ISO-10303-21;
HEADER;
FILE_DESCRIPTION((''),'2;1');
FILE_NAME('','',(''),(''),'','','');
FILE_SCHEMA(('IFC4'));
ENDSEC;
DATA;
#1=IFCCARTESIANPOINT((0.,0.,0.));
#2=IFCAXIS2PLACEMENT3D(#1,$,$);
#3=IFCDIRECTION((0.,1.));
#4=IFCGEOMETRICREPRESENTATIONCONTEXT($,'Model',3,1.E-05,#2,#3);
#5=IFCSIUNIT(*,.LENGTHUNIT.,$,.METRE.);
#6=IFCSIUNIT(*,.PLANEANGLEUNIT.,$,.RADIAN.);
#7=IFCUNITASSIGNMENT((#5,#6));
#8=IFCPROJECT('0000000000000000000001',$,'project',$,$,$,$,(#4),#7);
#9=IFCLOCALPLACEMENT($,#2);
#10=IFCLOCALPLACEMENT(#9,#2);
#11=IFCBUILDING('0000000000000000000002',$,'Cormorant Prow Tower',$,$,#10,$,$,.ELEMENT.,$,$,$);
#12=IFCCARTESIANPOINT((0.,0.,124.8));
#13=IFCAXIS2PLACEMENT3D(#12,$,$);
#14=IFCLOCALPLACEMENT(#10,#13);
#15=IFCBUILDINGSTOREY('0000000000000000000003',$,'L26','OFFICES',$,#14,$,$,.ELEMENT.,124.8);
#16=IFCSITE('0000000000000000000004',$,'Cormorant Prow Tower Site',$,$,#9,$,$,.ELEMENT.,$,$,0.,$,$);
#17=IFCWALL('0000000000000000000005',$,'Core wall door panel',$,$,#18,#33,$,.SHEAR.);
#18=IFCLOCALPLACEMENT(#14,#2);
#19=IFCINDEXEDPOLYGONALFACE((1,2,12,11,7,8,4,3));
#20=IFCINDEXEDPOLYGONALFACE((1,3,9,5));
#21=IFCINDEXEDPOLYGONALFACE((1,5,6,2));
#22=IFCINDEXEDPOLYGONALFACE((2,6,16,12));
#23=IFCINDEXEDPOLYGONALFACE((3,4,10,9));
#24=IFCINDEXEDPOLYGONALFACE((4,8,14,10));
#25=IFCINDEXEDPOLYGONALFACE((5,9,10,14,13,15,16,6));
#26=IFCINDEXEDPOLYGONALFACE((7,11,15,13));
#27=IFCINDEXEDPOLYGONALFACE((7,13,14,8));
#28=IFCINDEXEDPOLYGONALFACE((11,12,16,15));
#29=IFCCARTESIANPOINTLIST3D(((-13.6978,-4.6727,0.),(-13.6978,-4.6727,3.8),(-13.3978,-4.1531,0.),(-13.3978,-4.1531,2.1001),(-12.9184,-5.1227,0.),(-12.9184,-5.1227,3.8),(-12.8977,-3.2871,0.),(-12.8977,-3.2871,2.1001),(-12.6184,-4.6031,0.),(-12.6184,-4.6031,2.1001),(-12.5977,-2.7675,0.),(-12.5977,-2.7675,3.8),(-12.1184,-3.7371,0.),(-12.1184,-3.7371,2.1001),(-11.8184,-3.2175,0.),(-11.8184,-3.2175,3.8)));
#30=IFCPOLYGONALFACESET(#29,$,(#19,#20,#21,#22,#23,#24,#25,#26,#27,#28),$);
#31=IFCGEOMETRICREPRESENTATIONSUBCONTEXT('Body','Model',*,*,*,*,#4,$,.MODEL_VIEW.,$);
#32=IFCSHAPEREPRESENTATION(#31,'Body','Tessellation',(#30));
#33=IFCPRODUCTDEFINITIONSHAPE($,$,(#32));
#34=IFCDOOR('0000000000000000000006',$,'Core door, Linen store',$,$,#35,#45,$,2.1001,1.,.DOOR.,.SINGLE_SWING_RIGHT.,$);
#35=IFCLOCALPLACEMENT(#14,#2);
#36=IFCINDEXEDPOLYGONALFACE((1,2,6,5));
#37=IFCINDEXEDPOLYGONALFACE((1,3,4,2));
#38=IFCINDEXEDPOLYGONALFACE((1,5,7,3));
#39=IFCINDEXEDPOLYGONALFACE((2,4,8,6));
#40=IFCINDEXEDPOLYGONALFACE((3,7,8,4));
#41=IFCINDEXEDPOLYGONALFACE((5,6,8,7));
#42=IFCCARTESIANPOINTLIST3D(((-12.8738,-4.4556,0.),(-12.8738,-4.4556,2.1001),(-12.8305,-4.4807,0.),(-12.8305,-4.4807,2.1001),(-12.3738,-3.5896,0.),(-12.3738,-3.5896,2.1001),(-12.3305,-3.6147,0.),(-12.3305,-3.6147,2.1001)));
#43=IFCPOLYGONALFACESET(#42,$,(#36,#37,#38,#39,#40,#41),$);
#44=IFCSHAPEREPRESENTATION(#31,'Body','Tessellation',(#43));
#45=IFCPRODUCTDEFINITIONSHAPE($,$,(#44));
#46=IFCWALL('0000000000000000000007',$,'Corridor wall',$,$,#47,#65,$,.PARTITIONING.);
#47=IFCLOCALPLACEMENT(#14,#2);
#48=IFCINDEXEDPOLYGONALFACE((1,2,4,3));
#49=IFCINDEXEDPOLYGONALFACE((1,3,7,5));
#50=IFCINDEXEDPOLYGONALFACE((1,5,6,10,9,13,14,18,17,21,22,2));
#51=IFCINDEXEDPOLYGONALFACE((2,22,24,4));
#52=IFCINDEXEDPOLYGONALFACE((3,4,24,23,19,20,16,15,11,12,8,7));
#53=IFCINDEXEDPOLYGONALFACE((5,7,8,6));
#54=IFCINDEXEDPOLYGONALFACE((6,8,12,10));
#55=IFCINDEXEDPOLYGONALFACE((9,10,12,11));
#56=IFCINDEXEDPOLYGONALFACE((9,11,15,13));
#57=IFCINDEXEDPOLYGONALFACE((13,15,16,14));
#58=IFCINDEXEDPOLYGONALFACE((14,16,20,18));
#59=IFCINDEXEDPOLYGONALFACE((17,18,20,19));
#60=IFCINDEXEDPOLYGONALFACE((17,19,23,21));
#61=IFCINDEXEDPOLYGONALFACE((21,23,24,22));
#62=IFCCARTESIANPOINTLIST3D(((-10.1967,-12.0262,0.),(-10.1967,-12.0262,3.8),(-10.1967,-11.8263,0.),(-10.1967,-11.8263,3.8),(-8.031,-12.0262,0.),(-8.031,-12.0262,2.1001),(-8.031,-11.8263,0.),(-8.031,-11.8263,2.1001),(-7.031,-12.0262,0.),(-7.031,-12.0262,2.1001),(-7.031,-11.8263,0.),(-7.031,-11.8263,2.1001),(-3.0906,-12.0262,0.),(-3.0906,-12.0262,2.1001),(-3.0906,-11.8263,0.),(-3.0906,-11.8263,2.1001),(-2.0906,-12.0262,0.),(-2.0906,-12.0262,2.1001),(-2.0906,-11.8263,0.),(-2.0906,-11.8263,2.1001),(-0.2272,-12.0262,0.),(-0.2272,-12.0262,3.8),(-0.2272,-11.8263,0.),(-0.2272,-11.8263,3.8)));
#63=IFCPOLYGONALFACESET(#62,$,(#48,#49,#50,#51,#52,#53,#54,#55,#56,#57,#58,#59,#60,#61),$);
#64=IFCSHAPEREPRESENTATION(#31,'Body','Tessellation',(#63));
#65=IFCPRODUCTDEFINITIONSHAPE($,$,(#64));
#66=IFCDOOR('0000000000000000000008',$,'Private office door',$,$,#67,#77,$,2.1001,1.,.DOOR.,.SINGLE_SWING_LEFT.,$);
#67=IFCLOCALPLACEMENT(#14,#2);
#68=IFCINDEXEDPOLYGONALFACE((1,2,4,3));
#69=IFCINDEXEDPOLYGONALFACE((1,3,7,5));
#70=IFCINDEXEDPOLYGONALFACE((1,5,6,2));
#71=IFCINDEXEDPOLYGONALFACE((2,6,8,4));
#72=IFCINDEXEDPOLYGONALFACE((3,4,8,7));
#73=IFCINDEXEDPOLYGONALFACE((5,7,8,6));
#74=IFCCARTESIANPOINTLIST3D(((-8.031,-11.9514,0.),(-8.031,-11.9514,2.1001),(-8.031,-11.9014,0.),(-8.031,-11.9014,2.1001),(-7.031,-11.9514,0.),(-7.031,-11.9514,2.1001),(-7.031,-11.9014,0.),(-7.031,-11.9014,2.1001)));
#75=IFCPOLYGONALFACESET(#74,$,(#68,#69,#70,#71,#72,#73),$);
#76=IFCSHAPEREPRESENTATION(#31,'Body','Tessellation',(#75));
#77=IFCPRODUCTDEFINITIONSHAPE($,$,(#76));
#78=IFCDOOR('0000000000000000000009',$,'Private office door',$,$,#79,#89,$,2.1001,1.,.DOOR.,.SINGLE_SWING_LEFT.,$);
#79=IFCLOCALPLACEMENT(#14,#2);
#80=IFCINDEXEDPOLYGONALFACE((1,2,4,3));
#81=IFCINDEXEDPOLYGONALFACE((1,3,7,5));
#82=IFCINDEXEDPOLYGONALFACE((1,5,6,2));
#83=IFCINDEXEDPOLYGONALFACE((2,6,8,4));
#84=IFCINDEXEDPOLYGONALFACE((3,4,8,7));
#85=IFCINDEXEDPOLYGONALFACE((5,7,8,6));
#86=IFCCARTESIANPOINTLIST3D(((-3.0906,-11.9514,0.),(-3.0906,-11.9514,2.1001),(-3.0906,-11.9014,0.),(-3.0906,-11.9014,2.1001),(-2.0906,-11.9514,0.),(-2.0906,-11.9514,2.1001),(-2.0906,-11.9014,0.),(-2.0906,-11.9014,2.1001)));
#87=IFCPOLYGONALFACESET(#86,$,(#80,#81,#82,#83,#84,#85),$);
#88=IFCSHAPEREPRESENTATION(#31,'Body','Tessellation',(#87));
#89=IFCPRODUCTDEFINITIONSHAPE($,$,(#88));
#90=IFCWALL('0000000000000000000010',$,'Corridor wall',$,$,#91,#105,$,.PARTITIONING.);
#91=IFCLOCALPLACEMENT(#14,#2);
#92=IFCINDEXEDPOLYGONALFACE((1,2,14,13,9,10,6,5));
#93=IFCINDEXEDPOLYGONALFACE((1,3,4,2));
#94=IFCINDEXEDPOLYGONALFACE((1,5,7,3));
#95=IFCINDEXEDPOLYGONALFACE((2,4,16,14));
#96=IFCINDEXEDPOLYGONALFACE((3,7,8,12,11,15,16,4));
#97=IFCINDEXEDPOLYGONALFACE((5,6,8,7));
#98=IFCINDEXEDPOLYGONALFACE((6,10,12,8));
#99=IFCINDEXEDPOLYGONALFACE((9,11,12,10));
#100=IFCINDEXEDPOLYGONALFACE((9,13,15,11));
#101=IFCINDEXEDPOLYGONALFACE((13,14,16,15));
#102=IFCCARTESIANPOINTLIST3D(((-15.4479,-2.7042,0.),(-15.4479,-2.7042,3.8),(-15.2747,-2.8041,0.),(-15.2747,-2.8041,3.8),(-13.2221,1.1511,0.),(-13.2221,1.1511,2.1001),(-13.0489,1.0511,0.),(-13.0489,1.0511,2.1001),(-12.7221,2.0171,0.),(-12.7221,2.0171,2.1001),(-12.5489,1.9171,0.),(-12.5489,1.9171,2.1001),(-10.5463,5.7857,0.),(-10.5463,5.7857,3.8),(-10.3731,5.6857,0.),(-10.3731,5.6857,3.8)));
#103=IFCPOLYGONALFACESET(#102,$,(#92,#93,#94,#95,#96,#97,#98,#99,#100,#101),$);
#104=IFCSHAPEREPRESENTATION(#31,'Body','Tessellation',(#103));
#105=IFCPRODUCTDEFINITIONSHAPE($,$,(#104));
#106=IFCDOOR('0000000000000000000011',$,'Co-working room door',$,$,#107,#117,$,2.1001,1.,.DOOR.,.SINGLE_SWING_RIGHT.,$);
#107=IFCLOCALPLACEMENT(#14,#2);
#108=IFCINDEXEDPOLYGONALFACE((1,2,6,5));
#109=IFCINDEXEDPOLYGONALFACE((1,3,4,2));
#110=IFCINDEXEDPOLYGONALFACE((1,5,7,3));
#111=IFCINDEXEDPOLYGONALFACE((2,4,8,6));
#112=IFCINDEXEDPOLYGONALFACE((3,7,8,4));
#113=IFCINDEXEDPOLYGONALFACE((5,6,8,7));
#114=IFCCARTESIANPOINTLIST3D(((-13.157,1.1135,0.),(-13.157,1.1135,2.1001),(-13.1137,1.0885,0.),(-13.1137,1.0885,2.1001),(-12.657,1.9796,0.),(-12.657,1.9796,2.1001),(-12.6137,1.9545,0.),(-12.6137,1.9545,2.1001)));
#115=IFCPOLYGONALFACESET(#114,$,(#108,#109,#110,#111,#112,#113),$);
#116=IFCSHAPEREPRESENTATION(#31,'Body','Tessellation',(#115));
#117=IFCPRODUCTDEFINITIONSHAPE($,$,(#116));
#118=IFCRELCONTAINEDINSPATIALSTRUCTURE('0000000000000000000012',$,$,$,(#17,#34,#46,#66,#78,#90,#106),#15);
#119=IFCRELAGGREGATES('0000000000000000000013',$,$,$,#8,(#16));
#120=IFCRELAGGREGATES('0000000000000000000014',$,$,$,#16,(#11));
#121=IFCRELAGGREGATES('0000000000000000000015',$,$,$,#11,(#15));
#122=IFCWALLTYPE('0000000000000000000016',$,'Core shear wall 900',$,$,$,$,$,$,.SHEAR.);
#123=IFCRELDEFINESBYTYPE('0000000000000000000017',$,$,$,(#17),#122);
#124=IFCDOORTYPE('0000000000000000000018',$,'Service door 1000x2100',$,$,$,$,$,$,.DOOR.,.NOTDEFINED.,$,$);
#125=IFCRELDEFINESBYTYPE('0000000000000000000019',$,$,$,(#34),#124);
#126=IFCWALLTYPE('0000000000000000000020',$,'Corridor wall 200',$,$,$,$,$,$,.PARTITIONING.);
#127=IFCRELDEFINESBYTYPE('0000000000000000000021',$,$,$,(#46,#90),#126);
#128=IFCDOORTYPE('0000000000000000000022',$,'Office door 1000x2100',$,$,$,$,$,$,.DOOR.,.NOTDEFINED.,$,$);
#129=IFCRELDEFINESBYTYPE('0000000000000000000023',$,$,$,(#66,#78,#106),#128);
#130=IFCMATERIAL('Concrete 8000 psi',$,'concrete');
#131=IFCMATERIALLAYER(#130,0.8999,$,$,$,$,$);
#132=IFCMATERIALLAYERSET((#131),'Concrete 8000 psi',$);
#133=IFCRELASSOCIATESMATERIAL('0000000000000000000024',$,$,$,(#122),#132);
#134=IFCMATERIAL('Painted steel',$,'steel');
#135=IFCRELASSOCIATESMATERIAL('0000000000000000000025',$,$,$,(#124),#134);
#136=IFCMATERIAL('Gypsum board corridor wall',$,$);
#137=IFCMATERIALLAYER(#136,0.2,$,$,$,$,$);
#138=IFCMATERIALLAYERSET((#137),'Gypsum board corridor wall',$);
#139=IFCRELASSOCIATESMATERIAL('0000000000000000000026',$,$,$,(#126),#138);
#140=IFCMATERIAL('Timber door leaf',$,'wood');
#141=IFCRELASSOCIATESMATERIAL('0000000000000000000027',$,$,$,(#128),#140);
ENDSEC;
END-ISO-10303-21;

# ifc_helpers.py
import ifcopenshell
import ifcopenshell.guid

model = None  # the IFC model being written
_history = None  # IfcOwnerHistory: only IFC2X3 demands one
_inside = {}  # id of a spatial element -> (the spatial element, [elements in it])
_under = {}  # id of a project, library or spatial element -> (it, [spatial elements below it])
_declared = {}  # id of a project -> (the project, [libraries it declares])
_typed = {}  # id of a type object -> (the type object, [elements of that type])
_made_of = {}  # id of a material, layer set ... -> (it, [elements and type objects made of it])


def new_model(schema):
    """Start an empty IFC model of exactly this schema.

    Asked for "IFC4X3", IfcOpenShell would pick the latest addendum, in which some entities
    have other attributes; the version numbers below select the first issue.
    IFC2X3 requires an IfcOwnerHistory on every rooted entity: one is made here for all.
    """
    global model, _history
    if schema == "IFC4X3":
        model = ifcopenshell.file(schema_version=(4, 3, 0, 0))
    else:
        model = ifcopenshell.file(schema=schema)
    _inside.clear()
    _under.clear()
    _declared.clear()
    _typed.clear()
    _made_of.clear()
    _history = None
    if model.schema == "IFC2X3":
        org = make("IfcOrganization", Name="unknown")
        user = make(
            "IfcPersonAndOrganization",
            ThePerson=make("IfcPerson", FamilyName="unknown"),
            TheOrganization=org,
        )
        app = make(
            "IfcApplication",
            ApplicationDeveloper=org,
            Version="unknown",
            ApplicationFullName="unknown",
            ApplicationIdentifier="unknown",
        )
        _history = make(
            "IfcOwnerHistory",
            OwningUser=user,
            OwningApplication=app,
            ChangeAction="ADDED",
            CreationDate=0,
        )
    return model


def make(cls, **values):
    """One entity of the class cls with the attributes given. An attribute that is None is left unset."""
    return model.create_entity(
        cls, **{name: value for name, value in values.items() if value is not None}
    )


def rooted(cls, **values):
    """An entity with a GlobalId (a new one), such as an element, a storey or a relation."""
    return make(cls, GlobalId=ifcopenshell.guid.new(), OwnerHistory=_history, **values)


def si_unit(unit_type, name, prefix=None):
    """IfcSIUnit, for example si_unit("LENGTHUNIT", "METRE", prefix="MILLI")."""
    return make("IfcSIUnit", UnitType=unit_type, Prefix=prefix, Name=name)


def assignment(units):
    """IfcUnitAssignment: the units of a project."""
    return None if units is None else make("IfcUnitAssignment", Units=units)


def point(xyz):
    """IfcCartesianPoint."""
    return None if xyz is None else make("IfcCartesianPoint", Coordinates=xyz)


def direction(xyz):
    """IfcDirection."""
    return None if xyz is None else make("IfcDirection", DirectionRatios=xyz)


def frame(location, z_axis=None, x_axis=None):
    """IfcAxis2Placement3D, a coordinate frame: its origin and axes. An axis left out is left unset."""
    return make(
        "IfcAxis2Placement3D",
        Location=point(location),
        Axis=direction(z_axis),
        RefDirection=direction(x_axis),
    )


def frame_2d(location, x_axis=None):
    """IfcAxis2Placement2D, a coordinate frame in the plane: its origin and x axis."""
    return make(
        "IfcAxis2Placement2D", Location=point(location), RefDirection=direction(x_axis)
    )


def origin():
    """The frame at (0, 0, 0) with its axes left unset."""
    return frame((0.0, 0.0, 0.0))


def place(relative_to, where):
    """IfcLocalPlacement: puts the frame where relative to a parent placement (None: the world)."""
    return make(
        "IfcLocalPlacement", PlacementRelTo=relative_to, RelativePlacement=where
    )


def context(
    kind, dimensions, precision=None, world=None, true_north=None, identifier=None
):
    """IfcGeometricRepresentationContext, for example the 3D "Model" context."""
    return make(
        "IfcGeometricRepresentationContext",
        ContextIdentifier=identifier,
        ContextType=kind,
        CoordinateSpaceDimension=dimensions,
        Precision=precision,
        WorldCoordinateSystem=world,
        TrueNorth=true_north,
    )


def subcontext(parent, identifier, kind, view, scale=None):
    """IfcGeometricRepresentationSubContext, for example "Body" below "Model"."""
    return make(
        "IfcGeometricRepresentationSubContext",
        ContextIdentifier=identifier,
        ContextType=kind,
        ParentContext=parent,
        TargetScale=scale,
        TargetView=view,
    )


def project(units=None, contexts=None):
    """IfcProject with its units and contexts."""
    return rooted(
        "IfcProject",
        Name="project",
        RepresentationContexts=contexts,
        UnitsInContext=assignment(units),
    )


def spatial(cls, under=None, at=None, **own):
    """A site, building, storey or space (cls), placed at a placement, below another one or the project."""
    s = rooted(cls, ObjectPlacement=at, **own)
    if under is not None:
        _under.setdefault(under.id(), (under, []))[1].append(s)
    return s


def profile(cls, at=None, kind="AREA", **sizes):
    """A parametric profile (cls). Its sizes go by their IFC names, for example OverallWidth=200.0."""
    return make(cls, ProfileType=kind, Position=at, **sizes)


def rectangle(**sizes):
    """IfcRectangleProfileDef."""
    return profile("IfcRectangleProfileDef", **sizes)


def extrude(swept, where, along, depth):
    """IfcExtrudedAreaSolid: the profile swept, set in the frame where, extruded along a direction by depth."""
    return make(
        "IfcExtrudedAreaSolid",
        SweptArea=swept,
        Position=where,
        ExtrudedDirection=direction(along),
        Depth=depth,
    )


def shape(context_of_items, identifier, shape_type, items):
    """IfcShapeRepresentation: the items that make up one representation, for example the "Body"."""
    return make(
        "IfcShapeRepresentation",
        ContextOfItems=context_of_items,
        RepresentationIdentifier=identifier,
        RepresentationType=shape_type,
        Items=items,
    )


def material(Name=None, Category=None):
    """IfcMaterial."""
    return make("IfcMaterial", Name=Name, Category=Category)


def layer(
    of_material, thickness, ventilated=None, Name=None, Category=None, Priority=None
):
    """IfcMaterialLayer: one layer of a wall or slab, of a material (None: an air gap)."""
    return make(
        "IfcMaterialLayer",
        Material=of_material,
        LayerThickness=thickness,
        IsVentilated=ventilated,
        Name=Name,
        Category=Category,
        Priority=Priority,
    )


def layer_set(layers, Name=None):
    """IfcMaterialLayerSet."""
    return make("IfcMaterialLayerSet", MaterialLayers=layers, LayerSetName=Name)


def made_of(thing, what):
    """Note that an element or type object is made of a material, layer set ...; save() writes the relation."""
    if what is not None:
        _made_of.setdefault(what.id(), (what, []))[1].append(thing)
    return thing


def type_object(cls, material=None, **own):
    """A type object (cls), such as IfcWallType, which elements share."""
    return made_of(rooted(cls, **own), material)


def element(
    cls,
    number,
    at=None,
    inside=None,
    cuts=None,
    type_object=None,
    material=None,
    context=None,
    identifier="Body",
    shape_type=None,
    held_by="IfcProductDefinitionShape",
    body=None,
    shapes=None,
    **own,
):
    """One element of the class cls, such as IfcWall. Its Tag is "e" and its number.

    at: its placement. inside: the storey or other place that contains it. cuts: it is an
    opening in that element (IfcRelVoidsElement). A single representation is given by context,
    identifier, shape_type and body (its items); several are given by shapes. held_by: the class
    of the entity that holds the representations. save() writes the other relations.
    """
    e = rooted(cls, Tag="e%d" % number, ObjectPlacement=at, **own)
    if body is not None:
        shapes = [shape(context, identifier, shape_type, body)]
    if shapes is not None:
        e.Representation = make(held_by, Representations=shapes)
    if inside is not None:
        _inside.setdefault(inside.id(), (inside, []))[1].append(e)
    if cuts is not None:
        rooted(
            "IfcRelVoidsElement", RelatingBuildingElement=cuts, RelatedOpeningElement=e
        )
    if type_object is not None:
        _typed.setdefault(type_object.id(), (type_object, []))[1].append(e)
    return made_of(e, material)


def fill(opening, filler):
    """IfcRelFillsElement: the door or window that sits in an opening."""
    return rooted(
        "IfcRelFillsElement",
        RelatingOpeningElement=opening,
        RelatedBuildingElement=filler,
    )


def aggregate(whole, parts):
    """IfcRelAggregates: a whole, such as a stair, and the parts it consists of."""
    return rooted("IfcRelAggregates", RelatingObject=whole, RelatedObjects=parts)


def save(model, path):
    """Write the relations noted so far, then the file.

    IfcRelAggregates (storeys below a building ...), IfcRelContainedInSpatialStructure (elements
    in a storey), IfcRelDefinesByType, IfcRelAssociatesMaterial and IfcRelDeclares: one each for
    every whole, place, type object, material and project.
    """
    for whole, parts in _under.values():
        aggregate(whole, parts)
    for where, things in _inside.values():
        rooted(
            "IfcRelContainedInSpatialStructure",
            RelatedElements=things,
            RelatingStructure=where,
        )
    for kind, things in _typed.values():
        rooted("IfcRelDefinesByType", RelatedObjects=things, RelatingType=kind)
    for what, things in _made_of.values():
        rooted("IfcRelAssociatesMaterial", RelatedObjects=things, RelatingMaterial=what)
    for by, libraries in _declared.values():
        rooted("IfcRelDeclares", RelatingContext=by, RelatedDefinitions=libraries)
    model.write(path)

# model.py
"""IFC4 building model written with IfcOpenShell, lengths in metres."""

from ifc_helpers import new_model, si_unit, direction, frame, frame_2d, origin, place, context, subcontext, project, spatial, rectangle, extrude, material, layer, layer_set, type_object, element, fill, save


model = new_model("IFC4")

# Units and contexts
model_context = context("Model", 3, precision=1e-05, world=origin(), true_north=direction((0.0, 1.0)))
body_context = subcontext(model_context, "Body", "Model", "MODEL_VIEW")
ifc_project = project(units=[si_unit("LENGTHUNIT", "METRE"), si_unit("PLANEANGLEUNIT", "RADIAN")], contexts=[model_context])

# Site, building, storey
site_placement = place(None, origin())
site = spatial("IfcSite", under=ifc_project, at=site_placement, Name="Cormorant Prow Tower Site", CompositionType="ELEMENT", RefElevation=0.0)
building_placement = place(site_placement, origin())
building = spatial("IfcBuilding", under=site, at=building_placement, Name="Cormorant Prow Tower", CompositionType="ELEMENT")
storey_placement = place(building_placement, frame((0.0, 0.0, 124.8)))
storey = spatial("IfcBuildingStorey", under=building, at=storey_placement, Name="L26", Description="OFFICES", CompositionType="ELEMENT", Elevation=124.8)

# Shared definitions
ifc_material_1 = material(Name="Concrete 8000 psi", Category="concrete")
ifc_layer_1 = layer(ifc_material_1, 0.8999)
ifc_layer_set_1 = layer_set([ifc_layer_1], Name="Concrete 8000 psi")
wall_type_1 = type_object("IfcWallType", Name="Core shear wall 900", PredefinedType="SHEAR", material=ifc_layer_set_1)

# Wall, opening, door
ifc_material_2 = material(Name="Painted steel", Category="steel")
door_type_1 = type_object("IfcDoorType", Name="Service door 1000x2100", OperationType="NOTDEFINED", PredefinedType="DOOR", material=ifc_material_2)
wall_1_placement = place(storey_placement, frame((-12.208, -2.9924, 0.0), z_axis=(0.0, 0.0, 1.0), x_axis=(-0.50003, -0.866008, 0.0)))
wall_1 = element("IfcWall", 1, at=wall_1_placement, inside=storey, type_object=wall_type_1, Name="Core wall door panel", PredefinedType="SHEAR", context=body_context, shape_type="SweptSolid", body=[
    extrude(rectangle(XDim=2.2, YDim=0.8999, at=frame_2d((1.1001, 0.0))), origin(), (0.0, 0.0, 1.0), 3.8),
])
opening_1_placement = place(wall_1_placement, frame((0.6001, 0.0, 0.0)))
opening_1 = element("IfcOpeningElement", 2, at=opening_1_placement, cuts=wall_1, PredefinedType="OPENING", context=body_context, shape_type="SweptSolid", body=[
    extrude(rectangle(XDim=1.0, YDim=2.1001, at=frame_2d((0.5, 1.05))), frame((0.0, 0.46, 0.0), z_axis=(0.0, -1.0, 0.0), x_axis=(1.0, 0.0, 0.0)), (0.0, 0.0, 1.0), 0.9199),
])
door_1_placement = place(opening_1_placement, origin())
door_1 = element("IfcDoor", 3, at=door_1_placement, inside=storey, type_object=door_type_1, Name="Core door, Linen store", OperationType="SINGLE_SWING_RIGHT", OverallHeight=2.1001, OverallWidth=1.0, PredefinedType="DOOR", context=body_context, shape_type="SweptSolid", body=[
    extrude(rectangle(XDim=1.0, YDim=2.1001, at=frame_2d((0.5, 1.05))), frame((0.0, 0.2051, 0.0), z_axis=(0.0, -1.0, 0.0), x_axis=(1.0, 0.0, 0.0)), (0.0, 0.0, 1.0), 0.05),
])
fill(opening_1, door_1)

# Wall, openings, doors
ifc_material_3 = material(Name="Gypsum board corridor wall")
ifc_layer_2 = layer(ifc_material_3, 0.2)
ifc_layer_set_2 = layer_set([ifc_layer_2], Name="Gypsum board corridor wall")
wall_type_2 = type_object("IfcWallType", Name="Corridor wall 200", PredefinedType="PARTITIONING", material=ifc_layer_set_2)
wall_2_placement = place(storey_placement, frame((-10.1968, -11.9263, 0.0), z_axis=(0.0, 0.0, 1.0), x_axis=(1.0, 0.0, 0.0)))
wall_2 = element("IfcWall", 4, at=wall_2_placement, inside=storey, type_object=wall_type_2, Name="Corridor wall", PredefinedType="PARTITIONING", context=body_context, shape_type="SweptSolid", body=[
    extrude(rectangle(XDim=9.9695, YDim=0.2, at=frame_2d((4.9849, 0.0))), origin(), (0.0, 0.0, 1.0), 3.8),
])
opening_2_placement = place(wall_2_placement, frame((2.1658, 0.0, 0.0)))
opening_2 = element("IfcOpeningElement", 5, at=opening_2_placement, cuts=wall_2, PredefinedType="OPENING", context=body_context, shape_type="SweptSolid", body=[
    extrude(rectangle(XDim=1.0, YDim=2.1001, at=frame_2d((0.5, 1.05))), frame((0.0, 0.1099, 0.0), z_axis=(0.0, -1.0, 0.0), x_axis=(1.0, 0.0, 0.0)), (0.0, 0.0, 1.0), 0.22),
])
opening_3_placement = place(wall_2_placement, frame((7.1062, 0.0, 0.0)))
opening_3 = element("IfcOpeningElement", 6, at=opening_3_placement, cuts=wall_2, PredefinedType="OPENING", context=body_context, shape_type="SweptSolid", body=[
    extrude(rectangle(XDim=1.0, YDim=2.1001, at=frame_2d((0.5, 1.05))), frame((0.0, 0.1099, 0.0), z_axis=(0.0, -1.0, 0.0), x_axis=(1.0, 0.0, 0.0)), (0.0, 0.0, 1.0), 0.22),
])
ifc_material_4 = material(Name="Timber door leaf", Category="wood")
door_type_2 = type_object("IfcDoorType", Name="Office door 1000x2100", OperationType="NOTDEFINED", PredefinedType="DOOR", material=ifc_material_4)
door_2_placement = place(opening_2_placement, origin())
door_2 = element("IfcDoor", 7, at=door_2_placement, inside=storey, type_object=door_type_2, Name="Private office door", OperationType="SINGLE_SWING_LEFT", OverallHeight=2.1001, OverallWidth=1.0, PredefinedType="DOOR", context=body_context, shape_type="SweptSolid", body=[
    extrude(rectangle(XDim=1.0, YDim=2.1001, at=frame_2d((0.5, 1.05))), frame((0.0, 0.0249, 0.0), z_axis=(0.0, -1.0, 0.0), x_axis=(1.0, 0.0, 0.0)), (0.0, 0.0, 1.0), 0.05),
])
fill(opening_2, door_2)
door_3_placement = place(opening_3_placement, origin())
door_3 = element("IfcDoor", 8, at=door_3_placement, inside=storey, type_object=door_type_2, Name="Private office door", OperationType="SINGLE_SWING_LEFT", OverallHeight=2.1001, OverallWidth=1.0, PredefinedType="DOOR", context=body_context, shape_type="SweptSolid", body=[
    extrude(rectangle(XDim=1.0, YDim=2.1001, at=frame_2d((0.5, 1.05))), frame((0.0, 0.0249, 0.0), z_axis=(0.0, -1.0, 0.0), x_axis=(1.0, 0.0, 0.0)), (0.0, 0.0, 1.0), 0.05),
])
fill(opening_3, door_3)

# Wall, opening, door
wall_3_placement = place(storey_placement, frame((-15.3613, -2.7542, 0.0), z_axis=(0.0, 0.0, 1.0), x_axis=(0.500004, 0.866023, 0.0)))
wall_3 = element("IfcWall", 9, at=wall_3_placement, inside=storey, type_object=wall_type_2, Name="Corridor wall", PredefinedType="PARTITIONING", context=body_context, shape_type="SweptSolid", body=[
    extrude(rectangle(XDim=9.8032, YDim=0.2, at=frame_2d((4.9016, 0.0))), origin(), (0.0, 0.0, 1.0), 3.8),
])
opening_4_placement = place(wall_3_placement, frame((4.4517, 0.0, 0.0)))
opening_4 = element("IfcOpeningElement", 10, at=opening_4_placement, cuts=wall_3, PredefinedType="OPENING", context=body_context, shape_type="SweptSolid", body=[
    extrude(rectangle(XDim=1.0, YDim=2.1001, at=frame_2d((0.5, 1.05))), frame((0.0, 0.1099, 0.0), z_axis=(0.0, -1.0, 0.0), x_axis=(1.0, 0.0, 0.0)), (0.0, 0.0, 1.0), 0.22),
])
door_4_placement = place(opening_4_placement, origin())
door_4 = element("IfcDoor", 11, at=door_4_placement, inside=storey, type_object=door_type_2, Name="Co-working room door", OperationType="SINGLE_SWING_RIGHT", OverallHeight=2.1001, OverallWidth=1.0, PredefinedType="DOOR", context=body_context, shape_type="SweptSolid", body=[
    extrude(rectangle(XDim=1.0, YDim=2.1001, at=frame_2d((0.5, 1.05))), frame((0.0, 0.0249, 0.0), z_axis=(0.0, -1.0, 0.0), x_axis=(1.0, 0.0, 0.0)), (0.0, 0.0, 1.0), 0.05),
])
fill(opening_4, door_4)

save(model, "model.ifc")
